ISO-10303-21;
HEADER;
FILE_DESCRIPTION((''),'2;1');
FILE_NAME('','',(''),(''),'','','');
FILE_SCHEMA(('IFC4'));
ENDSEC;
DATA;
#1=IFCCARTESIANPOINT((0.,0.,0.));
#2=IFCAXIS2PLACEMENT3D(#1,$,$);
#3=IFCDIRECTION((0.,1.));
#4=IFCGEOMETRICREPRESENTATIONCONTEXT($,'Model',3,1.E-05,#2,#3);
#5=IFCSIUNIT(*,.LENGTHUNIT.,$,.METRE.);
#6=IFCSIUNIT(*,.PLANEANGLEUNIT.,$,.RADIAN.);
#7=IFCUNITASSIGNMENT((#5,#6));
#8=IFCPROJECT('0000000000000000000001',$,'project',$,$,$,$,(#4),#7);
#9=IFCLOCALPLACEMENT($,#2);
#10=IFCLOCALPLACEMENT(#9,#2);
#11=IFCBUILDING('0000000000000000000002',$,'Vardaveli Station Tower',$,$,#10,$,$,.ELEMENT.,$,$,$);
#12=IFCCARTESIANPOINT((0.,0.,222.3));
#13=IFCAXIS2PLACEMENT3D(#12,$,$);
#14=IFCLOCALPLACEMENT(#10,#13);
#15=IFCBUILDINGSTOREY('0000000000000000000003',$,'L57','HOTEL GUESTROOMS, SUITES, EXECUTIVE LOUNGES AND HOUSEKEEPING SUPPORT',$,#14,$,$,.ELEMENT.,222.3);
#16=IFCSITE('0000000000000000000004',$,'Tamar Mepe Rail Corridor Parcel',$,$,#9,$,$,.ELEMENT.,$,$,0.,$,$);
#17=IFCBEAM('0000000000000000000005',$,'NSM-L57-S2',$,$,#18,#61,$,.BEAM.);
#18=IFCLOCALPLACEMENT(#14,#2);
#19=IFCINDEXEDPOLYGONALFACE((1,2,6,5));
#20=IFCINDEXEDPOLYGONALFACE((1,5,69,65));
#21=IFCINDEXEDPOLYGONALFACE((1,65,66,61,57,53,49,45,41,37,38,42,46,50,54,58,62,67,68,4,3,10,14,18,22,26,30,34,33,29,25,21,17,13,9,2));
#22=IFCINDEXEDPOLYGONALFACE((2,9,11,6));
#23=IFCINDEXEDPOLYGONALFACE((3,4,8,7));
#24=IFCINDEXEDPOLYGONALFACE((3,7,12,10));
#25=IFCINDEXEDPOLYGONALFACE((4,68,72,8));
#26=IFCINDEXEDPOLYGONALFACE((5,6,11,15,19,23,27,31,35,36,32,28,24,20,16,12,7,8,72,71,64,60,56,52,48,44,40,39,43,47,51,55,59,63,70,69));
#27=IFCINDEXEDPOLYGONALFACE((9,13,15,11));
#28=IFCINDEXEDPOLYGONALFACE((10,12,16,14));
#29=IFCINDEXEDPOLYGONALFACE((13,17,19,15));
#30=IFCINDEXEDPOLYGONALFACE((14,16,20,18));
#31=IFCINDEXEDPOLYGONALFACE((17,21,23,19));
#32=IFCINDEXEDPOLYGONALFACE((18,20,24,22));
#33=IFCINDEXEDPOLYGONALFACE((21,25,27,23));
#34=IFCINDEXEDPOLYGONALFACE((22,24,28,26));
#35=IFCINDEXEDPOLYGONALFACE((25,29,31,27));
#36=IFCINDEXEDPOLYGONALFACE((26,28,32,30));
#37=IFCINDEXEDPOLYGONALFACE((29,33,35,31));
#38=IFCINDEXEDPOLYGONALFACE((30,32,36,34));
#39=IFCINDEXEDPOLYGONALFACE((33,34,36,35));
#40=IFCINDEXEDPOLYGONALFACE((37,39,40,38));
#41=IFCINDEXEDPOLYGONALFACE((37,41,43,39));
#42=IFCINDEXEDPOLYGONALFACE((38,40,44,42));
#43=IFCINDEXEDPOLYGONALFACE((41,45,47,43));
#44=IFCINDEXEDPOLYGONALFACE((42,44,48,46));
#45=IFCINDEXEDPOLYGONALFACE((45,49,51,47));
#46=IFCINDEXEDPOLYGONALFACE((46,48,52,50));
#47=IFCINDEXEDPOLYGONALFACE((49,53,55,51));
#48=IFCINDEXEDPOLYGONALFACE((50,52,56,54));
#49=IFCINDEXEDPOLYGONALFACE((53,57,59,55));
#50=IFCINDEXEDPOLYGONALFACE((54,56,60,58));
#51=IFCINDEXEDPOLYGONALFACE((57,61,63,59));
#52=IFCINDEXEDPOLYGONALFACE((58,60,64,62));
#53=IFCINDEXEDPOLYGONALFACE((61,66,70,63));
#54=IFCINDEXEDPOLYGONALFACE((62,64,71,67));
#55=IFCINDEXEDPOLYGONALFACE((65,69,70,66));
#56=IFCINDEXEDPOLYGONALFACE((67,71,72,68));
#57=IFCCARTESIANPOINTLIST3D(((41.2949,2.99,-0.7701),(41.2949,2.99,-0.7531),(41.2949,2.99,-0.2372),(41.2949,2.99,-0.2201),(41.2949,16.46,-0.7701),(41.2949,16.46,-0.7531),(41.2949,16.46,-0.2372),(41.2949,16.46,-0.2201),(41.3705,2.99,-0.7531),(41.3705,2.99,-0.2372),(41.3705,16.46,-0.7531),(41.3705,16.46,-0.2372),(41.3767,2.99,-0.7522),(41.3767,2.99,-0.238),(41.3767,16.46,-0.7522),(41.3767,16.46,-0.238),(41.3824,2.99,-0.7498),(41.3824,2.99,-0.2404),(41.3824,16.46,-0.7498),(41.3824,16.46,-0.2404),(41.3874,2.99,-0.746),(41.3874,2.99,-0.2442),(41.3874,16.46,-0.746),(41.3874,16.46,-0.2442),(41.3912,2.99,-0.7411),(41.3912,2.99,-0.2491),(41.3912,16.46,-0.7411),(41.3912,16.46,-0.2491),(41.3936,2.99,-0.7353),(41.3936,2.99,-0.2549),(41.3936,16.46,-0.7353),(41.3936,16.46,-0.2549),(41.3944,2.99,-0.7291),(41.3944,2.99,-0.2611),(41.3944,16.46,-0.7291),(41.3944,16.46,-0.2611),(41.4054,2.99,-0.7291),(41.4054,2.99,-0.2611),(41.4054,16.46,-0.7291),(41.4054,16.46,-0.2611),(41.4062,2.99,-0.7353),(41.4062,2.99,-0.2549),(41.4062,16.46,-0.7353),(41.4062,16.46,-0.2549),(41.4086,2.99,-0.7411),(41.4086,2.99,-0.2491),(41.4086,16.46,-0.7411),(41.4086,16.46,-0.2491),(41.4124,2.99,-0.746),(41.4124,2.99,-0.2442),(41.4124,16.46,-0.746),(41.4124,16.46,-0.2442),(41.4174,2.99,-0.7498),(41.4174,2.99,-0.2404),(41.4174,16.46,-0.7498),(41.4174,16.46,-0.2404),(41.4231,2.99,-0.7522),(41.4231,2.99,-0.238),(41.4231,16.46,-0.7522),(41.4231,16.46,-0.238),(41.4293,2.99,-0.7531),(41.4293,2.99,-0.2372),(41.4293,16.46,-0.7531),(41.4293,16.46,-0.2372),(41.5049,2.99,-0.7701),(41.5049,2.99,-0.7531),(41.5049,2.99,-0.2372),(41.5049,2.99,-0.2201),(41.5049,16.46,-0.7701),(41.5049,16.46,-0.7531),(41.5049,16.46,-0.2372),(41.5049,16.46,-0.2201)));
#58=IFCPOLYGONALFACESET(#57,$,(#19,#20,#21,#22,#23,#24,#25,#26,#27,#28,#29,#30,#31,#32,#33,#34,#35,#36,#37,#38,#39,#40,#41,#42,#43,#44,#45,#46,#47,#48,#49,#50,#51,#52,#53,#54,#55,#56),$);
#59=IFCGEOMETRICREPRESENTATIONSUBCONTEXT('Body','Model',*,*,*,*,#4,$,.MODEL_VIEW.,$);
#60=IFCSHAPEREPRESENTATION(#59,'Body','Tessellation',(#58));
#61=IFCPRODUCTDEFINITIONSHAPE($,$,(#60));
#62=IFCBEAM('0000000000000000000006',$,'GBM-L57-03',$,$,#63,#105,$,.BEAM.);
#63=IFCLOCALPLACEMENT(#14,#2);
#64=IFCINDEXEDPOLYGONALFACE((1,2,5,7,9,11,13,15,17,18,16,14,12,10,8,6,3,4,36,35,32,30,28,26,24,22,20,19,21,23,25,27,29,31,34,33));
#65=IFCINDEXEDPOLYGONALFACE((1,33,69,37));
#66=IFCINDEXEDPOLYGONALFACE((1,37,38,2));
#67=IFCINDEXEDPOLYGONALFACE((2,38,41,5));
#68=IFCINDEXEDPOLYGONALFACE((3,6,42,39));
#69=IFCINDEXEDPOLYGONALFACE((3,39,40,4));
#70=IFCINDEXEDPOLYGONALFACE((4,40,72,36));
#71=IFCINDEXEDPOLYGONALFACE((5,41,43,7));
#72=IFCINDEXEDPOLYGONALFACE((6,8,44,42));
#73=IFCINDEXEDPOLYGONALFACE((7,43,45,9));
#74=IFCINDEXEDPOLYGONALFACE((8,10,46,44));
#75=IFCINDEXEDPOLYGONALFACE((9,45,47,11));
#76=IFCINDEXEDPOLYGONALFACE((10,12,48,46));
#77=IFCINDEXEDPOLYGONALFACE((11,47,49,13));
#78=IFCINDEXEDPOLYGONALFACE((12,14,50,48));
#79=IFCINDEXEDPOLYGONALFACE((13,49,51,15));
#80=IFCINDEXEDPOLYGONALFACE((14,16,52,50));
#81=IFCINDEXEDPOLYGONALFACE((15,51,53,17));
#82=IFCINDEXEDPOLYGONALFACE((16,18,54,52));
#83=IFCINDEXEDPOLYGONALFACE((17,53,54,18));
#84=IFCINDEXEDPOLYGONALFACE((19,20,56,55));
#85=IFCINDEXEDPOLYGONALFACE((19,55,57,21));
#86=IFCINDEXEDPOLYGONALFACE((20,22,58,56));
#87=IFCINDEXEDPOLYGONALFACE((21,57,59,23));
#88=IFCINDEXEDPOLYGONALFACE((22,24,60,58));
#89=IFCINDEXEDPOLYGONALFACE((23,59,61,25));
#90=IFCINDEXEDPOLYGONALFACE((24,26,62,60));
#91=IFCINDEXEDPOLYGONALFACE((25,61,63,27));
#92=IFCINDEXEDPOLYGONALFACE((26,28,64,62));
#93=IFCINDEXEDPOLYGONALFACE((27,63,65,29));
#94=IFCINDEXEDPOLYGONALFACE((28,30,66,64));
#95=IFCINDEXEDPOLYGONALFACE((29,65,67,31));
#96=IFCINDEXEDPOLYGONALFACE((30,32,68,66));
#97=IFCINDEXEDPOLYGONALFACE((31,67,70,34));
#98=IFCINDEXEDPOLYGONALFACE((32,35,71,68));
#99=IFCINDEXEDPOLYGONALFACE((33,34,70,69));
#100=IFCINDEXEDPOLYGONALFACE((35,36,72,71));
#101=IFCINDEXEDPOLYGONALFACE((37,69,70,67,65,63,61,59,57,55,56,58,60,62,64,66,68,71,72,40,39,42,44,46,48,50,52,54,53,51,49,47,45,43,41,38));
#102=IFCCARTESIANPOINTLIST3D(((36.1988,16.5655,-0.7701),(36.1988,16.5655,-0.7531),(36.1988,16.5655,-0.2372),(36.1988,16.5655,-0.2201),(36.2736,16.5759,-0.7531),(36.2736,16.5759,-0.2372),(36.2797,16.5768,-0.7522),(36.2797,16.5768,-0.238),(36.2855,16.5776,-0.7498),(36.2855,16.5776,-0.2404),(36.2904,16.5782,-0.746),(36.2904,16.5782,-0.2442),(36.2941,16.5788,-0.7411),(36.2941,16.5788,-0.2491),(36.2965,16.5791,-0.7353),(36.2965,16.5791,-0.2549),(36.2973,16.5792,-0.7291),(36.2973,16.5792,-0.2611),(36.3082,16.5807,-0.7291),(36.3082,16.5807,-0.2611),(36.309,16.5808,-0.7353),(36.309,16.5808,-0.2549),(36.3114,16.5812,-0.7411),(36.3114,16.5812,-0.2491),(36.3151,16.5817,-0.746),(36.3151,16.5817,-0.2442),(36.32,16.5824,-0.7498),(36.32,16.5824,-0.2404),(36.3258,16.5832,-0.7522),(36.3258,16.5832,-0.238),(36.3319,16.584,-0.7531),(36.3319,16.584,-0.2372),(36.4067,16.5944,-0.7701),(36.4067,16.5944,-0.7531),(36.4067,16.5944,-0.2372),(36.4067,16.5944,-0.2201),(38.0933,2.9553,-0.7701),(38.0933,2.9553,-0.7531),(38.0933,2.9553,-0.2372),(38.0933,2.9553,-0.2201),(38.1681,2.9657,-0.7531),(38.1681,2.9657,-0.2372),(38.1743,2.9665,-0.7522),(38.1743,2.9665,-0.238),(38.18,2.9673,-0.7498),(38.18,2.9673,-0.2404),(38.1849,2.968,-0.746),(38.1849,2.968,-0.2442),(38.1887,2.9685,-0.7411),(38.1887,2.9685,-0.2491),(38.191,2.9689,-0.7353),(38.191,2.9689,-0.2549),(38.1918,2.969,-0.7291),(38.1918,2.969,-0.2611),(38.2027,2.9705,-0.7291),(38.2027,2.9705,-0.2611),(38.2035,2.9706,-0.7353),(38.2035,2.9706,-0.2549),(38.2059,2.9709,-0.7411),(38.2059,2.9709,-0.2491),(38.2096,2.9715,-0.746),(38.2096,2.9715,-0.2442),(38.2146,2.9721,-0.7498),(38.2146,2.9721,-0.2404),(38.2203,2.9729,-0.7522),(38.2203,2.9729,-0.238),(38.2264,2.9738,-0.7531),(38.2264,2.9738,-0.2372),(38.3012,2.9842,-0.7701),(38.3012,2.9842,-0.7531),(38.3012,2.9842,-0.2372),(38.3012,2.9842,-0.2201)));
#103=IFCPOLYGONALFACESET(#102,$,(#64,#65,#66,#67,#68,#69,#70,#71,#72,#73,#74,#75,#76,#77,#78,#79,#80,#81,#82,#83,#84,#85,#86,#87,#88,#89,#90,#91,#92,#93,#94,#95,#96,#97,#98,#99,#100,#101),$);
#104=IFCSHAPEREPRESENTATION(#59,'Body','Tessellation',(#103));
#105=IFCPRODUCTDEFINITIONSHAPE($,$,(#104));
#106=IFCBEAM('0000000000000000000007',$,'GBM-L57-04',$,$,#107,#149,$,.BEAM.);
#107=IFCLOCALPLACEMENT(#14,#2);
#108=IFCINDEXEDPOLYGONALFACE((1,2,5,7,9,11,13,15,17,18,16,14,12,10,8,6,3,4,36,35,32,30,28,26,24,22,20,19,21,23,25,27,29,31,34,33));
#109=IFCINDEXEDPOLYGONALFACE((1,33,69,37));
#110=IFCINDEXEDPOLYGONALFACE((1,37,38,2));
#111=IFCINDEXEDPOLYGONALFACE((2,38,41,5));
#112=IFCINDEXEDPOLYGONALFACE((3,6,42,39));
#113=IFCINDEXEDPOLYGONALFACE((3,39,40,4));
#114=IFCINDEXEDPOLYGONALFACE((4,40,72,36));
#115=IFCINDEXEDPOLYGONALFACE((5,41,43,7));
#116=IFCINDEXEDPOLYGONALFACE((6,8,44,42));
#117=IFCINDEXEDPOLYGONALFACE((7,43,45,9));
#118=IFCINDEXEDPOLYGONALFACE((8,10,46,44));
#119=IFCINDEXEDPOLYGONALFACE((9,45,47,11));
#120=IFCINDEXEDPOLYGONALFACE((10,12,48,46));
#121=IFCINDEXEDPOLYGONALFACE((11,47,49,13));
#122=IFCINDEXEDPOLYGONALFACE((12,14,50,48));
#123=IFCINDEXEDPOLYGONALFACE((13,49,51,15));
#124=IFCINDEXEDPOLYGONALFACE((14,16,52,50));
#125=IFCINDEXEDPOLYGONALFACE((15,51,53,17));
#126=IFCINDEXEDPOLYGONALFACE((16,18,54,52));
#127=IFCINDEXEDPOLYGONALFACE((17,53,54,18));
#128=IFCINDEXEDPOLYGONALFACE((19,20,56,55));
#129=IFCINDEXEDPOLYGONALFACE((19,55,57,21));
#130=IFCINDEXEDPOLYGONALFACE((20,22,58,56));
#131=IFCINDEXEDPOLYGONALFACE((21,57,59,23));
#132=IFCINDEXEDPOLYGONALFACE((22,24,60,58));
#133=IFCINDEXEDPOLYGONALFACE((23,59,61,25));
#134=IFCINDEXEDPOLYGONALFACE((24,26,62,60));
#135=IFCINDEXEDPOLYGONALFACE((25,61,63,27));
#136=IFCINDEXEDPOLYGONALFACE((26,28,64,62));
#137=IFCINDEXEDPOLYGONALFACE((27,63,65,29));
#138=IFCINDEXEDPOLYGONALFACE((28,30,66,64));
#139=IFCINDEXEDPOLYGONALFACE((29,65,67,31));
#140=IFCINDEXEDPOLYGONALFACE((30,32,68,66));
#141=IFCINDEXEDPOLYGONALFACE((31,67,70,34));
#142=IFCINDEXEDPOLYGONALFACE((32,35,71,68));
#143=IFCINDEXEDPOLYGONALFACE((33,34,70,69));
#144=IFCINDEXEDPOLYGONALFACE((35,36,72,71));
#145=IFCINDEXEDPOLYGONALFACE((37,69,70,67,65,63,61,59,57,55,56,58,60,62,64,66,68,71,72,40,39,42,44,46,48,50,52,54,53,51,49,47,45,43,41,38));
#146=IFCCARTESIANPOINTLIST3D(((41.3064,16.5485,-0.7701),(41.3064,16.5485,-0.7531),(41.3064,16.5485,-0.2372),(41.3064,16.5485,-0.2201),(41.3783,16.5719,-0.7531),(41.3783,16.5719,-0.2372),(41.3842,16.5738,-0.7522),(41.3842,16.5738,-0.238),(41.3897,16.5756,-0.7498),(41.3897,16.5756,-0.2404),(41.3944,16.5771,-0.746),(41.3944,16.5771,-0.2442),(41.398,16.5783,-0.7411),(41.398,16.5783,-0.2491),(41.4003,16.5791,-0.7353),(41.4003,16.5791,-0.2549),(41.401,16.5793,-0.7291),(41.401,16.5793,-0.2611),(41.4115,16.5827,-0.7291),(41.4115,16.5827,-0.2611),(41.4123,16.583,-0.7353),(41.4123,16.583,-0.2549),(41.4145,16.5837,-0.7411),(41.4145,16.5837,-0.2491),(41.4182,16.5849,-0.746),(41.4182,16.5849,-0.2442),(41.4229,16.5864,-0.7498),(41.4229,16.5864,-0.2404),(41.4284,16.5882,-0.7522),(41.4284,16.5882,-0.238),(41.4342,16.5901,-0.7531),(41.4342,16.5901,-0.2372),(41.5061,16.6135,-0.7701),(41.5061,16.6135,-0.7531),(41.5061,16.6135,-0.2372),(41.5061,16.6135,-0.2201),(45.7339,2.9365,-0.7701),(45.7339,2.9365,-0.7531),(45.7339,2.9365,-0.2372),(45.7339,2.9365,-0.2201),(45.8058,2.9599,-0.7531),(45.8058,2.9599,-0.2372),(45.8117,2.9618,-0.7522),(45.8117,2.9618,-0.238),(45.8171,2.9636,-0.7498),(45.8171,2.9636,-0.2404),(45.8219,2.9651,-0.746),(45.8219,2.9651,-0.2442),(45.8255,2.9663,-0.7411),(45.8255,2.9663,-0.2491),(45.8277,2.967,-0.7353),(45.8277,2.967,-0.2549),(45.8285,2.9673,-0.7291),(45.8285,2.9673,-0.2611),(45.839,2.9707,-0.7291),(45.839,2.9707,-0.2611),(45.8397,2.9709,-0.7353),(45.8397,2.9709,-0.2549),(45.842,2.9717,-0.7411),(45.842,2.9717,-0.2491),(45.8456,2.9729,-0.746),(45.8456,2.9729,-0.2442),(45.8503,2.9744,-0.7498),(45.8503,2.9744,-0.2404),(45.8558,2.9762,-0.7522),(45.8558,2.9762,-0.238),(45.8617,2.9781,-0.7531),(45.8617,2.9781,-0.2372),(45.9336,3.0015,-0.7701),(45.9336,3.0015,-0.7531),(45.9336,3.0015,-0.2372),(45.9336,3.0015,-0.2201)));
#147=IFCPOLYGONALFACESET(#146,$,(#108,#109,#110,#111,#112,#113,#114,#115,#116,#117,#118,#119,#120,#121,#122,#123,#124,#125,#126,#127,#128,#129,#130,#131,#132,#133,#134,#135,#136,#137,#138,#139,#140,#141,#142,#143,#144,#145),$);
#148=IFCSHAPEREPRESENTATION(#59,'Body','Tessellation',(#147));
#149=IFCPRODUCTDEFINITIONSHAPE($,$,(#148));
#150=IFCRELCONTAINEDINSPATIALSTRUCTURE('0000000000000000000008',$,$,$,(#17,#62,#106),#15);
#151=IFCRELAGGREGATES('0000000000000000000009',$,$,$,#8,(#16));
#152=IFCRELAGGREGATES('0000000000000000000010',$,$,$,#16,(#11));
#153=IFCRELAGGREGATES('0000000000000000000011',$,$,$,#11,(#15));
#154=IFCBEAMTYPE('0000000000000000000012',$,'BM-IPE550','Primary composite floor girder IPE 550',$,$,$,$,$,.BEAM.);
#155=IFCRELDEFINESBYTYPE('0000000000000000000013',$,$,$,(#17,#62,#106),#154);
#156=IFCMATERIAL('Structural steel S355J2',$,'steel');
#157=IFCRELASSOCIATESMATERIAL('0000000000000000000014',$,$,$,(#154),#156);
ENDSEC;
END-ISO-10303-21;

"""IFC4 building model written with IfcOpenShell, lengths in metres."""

from ifc_helpers import new_model, si_unit, direction, frame, origin, origin_2d, place, context, subcontext, project, spatial, i_section, extrude, source, transform, mapped, material, material_profile, profile_set, type_object, element, save


model = new_model("IFC4")

# Units and contexts
model_context = context("Model", 3, precision=1e-05, world=origin(), true_north=direction((0.0, 1.0)))
body_context = subcontext(model_context, "Body", "Model", "MODEL_VIEW")
ifc_project = project(units=[si_unit("LENGTHUNIT", "METRE"), si_unit("PLANEANGLEUNIT", "RADIAN")], contexts=[model_context])

# Site, building, storey
site_placement = place(None, origin())
site = spatial("IfcSite", under=ifc_project, at=site_placement, Name="Tamar Mepe Rail Corridor Parcel", CompositionType="ELEMENT", RefElevation=0.0)
building_placement = place(site_placement, origin())
building = spatial("IfcBuilding", under=site, at=building_placement, Name="Vardaveli Station Tower", CompositionType="ELEMENT")
storey_placement = place(building_placement, frame((0.0, 0.0, 222.3)))
storey = spatial("IfcBuildingStorey", under=building, at=storey_placement, Name="L57", Description="HOTEL GUESTROOMS, SUITES, EXECUTIVE LOUNGES AND HOUSEKEEPING SUPPORT", CompositionType="ELEMENT", Elevation=222.3)

# Beams
ifc_material_1 = material(Name="Structural steel S355J2", Category="steel")
ifc_material_profile_1 = material_profile(ifc_material_1, i_section(OverallWidth=0.21, OverallDepth=0.55, WebThickness=0.011, FlangeThickness=0.0171, FilletRadius=0.0239, at=origin_2d()), Name="IPE 550")
ifc_profile_set_1 = profile_set([ifc_material_profile_1], Name="Structural steel S355J2")
beam_type_1 = type_object("IfcBeamType", Name="BM-IPE550", Description="Primary composite floor girder IPE 550", PredefinedType="BEAM", material=ifc_profile_set_1)
shared_shape_1 = source(origin(), body_context, "Body", "SweptSolid", [
    extrude(i_section(OverallWidth=0.21, OverallDepth=0.55, WebThickness=0.011, FlangeThickness=0.0171, FilletRadius=0.0239, at=origin_2d()), origin(), (0.0, 0.0, 1.0), 13.47),
])
beam_1_placement = place(storey_placement, frame((41.3999, 2.99, -0.4951), z_axis=(0.0, 1.0, 0.0), x_axis=(-1.0, 0.0, 0.0)))
element("IfcBeam", 1, at=beam_1_placement, inside=storey, type_object=beam_type_1, Name="NSM-L57-S2", PredefinedType="BEAM", context=body_context, shape_type="MappedRepresentation", body=[
    mapped(shared_shape_1, transform((0.0, 0.0, 0.0), scale=1.0)),
])
shared_shape_2 = source(origin(), body_context, "Body", "SweptSolid", [
    extrude(i_section(OverallWidth=0.21, OverallDepth=0.55, WebThickness=0.011, FlangeThickness=0.0171, FilletRadius=0.0239, at=origin_2d()), origin(), (0.0, 0.0, 1.0), 13.7415),
])
beam_2_placement = place(storey_placement, frame((38.1973, 2.9697, -0.4951), z_axis=(-0.137869, 0.990451, 0.0), x_axis=(-0.990451, -0.137869, 0.0)))
element("IfcBeam", 2, at=beam_2_placement, inside=storey, type_object=beam_type_1, Name="GBM-L57-03", PredefinedType="BEAM", context=body_context, shape_type="MappedRepresentation", body=[
    mapped(shared_shape_2, transform((0.0, 0.0, 0.0), scale=1.0)),
])
shared_shape_3 = source(origin(), body_context, "Body", "SweptSolid", [
    extrude(i_section(OverallWidth=0.21, OverallDepth=0.55, WebThickness=0.011, FlangeThickness=0.0171, FilletRadius=0.0239, at=origin_2d()), origin(), (0.0, 0.0, 1.0), 14.314),
])
beam_3_placement = place(storey_placement, frame((45.8337, 2.969, -0.4951), z_axis=(-0.309312, 0.950961, 0.0), x_axis=(-0.950961, -0.309312, 0.0)))
element("IfcBeam", 3, at=beam_3_placement, inside=storey, type_object=beam_type_1, Name="GBM-L57-04", PredefinedType="BEAM", context=body_context, shape_type="MappedRepresentation", body=[
    mapped(shared_shape_3, transform((0.0, 0.0, 0.0), scale=1.0)),
])

save(model, "model.ifc")
